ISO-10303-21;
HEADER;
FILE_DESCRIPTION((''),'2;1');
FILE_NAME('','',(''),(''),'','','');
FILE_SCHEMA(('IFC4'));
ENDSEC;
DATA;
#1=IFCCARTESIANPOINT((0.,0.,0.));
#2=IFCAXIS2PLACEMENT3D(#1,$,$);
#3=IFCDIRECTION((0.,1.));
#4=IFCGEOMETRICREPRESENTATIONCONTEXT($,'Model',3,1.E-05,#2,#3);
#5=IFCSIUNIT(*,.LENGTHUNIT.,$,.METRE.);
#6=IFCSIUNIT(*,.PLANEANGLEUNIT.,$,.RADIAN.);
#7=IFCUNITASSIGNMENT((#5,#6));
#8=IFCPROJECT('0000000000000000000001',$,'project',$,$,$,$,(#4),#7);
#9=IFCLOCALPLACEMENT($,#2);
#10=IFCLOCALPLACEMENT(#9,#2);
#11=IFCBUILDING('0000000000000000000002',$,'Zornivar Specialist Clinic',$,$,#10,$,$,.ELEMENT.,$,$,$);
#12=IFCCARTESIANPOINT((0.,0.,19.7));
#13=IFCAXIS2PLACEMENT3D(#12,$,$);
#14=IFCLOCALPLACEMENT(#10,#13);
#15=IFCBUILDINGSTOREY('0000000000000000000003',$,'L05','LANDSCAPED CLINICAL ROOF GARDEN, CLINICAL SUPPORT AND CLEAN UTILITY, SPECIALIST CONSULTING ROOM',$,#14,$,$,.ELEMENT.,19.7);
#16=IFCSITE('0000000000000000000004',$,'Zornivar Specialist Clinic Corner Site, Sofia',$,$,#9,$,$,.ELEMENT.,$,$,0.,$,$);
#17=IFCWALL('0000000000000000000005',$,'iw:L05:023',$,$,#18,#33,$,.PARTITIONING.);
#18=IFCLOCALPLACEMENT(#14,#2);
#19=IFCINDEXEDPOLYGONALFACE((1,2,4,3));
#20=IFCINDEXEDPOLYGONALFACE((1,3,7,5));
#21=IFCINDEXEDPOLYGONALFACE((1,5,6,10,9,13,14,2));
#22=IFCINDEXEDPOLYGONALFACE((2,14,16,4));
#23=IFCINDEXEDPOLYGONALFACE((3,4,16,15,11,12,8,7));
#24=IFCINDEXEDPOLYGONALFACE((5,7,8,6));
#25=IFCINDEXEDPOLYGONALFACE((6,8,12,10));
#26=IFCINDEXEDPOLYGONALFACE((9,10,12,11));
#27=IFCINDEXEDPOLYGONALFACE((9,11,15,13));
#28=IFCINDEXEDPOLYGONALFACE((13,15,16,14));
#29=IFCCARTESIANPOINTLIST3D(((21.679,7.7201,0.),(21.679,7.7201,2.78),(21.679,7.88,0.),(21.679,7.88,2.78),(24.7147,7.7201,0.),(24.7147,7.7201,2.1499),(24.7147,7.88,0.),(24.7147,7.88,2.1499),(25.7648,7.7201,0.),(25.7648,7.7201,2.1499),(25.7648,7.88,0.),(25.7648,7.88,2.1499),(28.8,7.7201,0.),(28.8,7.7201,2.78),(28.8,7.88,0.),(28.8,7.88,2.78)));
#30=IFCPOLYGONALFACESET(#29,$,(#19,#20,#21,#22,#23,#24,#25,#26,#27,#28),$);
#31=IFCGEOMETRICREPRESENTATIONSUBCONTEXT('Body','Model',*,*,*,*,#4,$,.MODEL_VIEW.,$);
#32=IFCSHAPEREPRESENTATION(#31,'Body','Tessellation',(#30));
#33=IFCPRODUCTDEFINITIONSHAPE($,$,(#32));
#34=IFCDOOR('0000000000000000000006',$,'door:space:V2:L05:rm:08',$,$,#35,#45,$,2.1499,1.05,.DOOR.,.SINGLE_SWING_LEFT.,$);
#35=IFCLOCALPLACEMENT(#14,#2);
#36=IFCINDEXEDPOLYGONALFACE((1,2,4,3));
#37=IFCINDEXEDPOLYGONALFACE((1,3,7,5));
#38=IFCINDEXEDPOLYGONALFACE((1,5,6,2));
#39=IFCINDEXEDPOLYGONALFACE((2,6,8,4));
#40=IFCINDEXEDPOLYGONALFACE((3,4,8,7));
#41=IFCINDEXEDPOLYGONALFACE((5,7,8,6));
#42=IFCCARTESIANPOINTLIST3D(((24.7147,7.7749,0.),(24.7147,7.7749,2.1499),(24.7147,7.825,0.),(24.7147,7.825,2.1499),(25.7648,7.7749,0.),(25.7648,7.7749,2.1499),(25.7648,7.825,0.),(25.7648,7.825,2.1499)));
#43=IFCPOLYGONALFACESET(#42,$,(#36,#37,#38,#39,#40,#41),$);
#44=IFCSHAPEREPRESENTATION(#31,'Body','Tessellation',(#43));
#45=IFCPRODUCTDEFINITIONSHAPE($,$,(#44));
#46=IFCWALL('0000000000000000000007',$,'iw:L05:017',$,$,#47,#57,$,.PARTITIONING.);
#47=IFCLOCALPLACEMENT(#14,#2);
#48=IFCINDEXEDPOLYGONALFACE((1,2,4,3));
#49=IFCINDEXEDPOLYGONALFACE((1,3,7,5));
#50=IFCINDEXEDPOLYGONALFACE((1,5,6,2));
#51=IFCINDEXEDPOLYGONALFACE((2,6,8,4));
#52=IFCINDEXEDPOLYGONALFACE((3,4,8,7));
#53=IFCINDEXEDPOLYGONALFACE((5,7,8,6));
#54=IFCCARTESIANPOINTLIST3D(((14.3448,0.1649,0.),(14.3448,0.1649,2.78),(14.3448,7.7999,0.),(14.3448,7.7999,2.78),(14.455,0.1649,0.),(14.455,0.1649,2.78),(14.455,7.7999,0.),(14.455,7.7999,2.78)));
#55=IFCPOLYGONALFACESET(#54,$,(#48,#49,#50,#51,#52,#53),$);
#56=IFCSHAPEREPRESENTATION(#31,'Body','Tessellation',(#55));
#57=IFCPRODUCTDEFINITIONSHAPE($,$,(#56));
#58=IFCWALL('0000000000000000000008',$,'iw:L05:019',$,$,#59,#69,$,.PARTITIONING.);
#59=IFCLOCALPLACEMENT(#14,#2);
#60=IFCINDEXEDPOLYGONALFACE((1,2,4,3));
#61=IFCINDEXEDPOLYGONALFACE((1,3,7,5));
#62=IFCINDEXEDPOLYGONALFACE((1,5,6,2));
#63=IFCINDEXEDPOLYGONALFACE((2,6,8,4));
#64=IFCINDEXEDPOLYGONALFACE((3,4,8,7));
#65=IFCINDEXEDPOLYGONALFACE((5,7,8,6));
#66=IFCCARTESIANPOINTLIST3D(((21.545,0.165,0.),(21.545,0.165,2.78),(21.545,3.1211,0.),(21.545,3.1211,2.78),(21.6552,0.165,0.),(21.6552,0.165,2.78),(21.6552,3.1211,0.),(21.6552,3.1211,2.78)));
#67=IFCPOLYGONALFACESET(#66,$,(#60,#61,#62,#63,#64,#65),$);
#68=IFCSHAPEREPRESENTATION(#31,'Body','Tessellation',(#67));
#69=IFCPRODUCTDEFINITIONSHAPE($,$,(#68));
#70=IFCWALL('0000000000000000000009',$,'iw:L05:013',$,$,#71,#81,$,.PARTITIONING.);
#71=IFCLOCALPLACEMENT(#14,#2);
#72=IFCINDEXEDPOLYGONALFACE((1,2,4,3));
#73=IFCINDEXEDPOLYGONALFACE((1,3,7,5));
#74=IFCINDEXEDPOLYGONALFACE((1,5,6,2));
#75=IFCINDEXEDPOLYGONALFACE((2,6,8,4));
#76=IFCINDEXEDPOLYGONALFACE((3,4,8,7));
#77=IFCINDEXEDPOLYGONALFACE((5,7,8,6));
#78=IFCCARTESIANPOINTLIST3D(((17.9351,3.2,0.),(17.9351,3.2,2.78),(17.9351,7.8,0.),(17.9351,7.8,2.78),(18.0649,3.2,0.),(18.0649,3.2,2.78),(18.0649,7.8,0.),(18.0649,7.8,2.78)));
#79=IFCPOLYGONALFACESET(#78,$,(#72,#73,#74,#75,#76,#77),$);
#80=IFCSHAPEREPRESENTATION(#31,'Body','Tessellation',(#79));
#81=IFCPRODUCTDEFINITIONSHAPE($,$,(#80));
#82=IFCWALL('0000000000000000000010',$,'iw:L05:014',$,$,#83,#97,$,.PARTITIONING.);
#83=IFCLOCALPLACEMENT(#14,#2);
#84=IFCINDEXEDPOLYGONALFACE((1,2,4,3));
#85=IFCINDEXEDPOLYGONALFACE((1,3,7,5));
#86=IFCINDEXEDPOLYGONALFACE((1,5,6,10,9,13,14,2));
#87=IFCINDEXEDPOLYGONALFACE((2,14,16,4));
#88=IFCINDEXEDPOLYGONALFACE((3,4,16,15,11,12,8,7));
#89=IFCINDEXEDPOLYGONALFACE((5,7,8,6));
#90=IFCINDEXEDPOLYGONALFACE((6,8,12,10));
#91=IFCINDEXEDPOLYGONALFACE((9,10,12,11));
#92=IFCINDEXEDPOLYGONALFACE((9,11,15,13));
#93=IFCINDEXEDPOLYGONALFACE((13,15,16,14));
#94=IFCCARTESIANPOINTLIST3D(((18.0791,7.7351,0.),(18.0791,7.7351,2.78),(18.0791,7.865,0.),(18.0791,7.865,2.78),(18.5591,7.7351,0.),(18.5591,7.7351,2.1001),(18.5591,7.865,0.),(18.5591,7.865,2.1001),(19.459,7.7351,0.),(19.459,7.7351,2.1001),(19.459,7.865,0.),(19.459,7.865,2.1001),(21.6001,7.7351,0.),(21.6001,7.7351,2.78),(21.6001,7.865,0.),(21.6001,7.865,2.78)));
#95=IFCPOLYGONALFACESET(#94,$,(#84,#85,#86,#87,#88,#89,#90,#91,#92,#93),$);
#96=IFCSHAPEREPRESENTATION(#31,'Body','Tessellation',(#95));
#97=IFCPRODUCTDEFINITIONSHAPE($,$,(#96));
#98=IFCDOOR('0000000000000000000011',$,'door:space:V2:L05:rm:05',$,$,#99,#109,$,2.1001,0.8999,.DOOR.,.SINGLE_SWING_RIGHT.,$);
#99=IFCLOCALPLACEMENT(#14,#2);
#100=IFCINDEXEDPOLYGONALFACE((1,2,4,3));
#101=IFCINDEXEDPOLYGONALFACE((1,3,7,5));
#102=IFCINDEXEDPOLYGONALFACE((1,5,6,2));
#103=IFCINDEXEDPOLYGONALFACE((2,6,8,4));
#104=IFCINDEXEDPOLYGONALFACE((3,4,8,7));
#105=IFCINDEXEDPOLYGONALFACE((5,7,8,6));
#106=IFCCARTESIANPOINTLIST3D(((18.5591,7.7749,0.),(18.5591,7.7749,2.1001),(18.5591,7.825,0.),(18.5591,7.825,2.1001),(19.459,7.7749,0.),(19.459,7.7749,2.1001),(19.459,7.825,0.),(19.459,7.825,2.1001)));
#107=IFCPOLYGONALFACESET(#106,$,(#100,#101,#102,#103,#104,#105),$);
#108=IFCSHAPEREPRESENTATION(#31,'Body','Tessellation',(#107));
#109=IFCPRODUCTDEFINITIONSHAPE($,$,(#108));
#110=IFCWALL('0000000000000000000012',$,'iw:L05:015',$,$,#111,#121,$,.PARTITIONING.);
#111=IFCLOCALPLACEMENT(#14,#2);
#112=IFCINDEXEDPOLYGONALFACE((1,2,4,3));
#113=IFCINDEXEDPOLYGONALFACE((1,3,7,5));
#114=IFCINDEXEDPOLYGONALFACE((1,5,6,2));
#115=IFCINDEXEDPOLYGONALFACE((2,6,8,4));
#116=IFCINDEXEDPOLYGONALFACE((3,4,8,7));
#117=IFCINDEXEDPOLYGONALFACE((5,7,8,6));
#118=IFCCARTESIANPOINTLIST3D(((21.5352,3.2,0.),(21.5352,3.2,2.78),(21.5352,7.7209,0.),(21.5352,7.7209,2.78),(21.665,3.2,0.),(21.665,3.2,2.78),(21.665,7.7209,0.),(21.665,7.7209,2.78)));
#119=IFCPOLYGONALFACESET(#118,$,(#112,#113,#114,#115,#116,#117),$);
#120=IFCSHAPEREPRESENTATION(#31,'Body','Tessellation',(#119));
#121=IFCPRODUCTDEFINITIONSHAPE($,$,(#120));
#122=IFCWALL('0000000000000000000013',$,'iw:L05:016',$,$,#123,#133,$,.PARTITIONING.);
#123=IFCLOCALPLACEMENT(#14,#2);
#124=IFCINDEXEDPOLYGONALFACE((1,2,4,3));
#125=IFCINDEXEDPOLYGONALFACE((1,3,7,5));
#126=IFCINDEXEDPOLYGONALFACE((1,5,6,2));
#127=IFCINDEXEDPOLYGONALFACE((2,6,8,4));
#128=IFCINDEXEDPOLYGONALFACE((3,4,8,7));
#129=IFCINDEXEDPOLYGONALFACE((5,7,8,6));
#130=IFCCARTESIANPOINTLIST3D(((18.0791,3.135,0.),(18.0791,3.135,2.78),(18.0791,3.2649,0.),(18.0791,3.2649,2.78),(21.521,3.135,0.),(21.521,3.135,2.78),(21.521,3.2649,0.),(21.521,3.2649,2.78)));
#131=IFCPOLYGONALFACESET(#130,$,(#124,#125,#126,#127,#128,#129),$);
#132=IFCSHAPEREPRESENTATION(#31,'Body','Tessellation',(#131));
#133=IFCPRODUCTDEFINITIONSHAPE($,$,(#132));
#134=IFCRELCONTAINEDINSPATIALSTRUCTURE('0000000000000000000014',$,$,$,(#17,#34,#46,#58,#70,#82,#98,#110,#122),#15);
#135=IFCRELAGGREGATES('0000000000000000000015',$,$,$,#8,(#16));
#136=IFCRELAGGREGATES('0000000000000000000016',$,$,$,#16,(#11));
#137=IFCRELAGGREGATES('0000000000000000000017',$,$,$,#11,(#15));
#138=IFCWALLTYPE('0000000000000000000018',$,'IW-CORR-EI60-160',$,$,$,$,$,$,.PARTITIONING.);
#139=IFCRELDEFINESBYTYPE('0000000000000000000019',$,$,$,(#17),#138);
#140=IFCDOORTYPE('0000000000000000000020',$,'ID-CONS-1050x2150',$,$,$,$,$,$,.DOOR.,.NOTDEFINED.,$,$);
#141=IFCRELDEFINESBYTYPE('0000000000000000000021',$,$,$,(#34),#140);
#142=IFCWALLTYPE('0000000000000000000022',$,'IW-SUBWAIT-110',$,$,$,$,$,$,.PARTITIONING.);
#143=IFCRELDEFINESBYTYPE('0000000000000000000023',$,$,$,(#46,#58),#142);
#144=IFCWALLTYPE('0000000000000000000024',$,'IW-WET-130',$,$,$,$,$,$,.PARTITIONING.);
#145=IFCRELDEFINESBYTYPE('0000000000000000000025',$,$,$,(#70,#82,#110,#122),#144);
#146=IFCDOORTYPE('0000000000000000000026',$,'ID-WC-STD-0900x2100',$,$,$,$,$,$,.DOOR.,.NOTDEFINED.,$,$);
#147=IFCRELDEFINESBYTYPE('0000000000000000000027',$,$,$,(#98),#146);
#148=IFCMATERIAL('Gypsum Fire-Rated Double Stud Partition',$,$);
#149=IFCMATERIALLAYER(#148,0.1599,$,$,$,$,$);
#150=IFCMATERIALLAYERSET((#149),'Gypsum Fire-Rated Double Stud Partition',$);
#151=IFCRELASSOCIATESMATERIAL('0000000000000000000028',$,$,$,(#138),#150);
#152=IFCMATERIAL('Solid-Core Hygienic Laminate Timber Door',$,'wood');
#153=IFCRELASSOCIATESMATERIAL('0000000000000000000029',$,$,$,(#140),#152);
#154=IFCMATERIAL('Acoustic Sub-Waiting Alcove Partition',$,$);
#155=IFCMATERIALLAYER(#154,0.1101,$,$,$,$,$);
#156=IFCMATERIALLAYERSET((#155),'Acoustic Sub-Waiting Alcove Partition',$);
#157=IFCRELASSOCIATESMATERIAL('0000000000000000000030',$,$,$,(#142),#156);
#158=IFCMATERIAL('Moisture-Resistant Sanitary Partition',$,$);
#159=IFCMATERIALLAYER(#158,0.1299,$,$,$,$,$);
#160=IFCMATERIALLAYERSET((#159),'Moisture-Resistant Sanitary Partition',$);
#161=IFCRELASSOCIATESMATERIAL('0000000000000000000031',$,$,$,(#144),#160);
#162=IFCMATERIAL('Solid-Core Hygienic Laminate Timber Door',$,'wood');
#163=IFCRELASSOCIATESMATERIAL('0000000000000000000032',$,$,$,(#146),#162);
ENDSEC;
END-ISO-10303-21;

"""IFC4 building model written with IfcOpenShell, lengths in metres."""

from ifc_helpers import new_model, si_unit, direction, frame, frame_2d, origin, place, context, subcontext, project, spatial, rectangle, extrude, material, layer, layer_set, type_object, element, fill, save


model = new_model("IFC4")

# Units and contexts
model_context = context("Model", 3, precision=1e-05, world=origin(), true_north=direction((0.0, 1.0)))
body_context = subcontext(model_context, "Body", "Model", "MODEL_VIEW")
ifc_project = project(units=[si_unit("LENGTHUNIT", "METRE"), si_unit("PLANEANGLEUNIT", "RADIAN")], contexts=[model_context])

# Site, building, storey
site_placement = place(None, origin())
site = spatial("IfcSite", under=ifc_project, at=site_placement, Name="Zornivar Specialist Clinic Corner Site, Sofia", CompositionType="ELEMENT", RefElevation=0.0)
building_placement = place(site_placement, origin())
building = spatial("IfcBuilding", under=site, at=building_placement, Name="Zornivar Specialist Clinic", CompositionType="ELEMENT")
storey_placement = place(building_placement, frame((0.0, 0.0, 19.7)))
storey = spatial("IfcBuildingStorey", under=building, at=storey_placement, Name="L05", Description="LANDSCAPED CLINICAL ROOF GARDEN, CLINICAL SUPPORT AND CLEAN UTILITY, SPECIALIST CONSULTING ROOM", CompositionType="ELEMENT", Elevation=19.7)

# Wall, opening, door
ifc_material_1 = material(Name="Gypsum Fire-Rated Double Stud Partition")
ifc_layer_1 = layer(ifc_material_1, 0.1599)
ifc_layer_set_1 = layer_set([ifc_layer_1], Name="Gypsum Fire-Rated Double Stud Partition")
wall_type_1 = type_object("IfcWallType", Name="IW-CORR-EI60-160", PredefinedType="PARTITIONING", material=ifc_layer_set_1)
wall_1_placement = place(storey_placement, frame((21.679, 7.8, 0.0), z_axis=(0.0, 0.0, 1.0), x_axis=(1.0, 0.0, 0.0)))
wall_1 = element("IfcWall", 1, at=wall_1_placement, inside=storey, type_object=wall_type_1, Name="iw:L05:023", PredefinedType="PARTITIONING", context=body_context, shape_type="SweptSolid", body=[
    extrude(rectangle(XDim=7.1211, YDim=0.1599, at=frame_2d((3.5605, 0.0))), origin(), (0.0, 0.0, 1.0), 2.78),
])
opening_1_placement = place(wall_1_placement, frame((3.0359, 0.0, 0.0)))
opening_1 = element("IfcOpeningElement", 2, at=opening_1_placement, cuts=wall_1, PredefinedType="OPENING", context=body_context, shape_type="SweptSolid", body=[
    extrude(rectangle(XDim=1.05, YDim=2.1499, at=frame_2d((0.5249, 1.075))), frame((0.0, 0.0898, 0.0), z_axis=(0.0, -1.0, 0.0), x_axis=(1.0, 0.0, 0.0)), (0.0, 0.0, 1.0), 0.1799),
])
ifc_material_2 = material(Name="Solid-Core Hygienic Laminate Timber Door", Category="wood")
door_type_1 = type_object("IfcDoorType", Name="ID-CONS-1050x2150", OperationType="NOTDEFINED", PredefinedType="DOOR", material=ifc_material_2)
door_1_placement = place(opening_1_placement, origin())
door_1 = element("IfcDoor", 3, at=door_1_placement, inside=storey, type_object=door_type_1, Name="door:space:V2:L05:rm:08", OperationType="SINGLE_SWING_LEFT", OverallHeight=2.1499, OverallWidth=1.05, PredefinedType="DOOR", context=body_context, shape_type="SweptSolid", body=[
    extrude(rectangle(XDim=1.05, YDim=2.1499, at=frame_2d((0.5249, 1.075))), frame((0.0, 0.0249, 0.0), z_axis=(0.0, -1.0, 0.0), x_axis=(1.0, 0.0, 0.0)), (0.0, 0.0, 1.0), 0.05),
])
fill(opening_1, door_1)

# Walls
ifc_material_3 = material(Name="Acoustic Sub-Waiting Alcove Partition")
ifc_layer_2 = layer(ifc_material_3, 0.1101)
ifc_layer_set_2 = layer_set([ifc_layer_2], Name="Acoustic Sub-Waiting Alcove Partition")
wall_type_2 = type_object("IfcWallType", Name="IW-SUBWAIT-110", PredefinedType="PARTITIONING", material=ifc_layer_set_2)
wall_2_placement = place(storey_placement, frame((14.3999, 0.165, 0.0), z_axis=(0.0, 0.0, 1.0), x_axis=(0.0, 1.0, 0.0)))
element("IfcWall", 4, at=wall_2_placement, inside=storey, type_object=wall_type_2, Name="iw:L05:017", PredefinedType="PARTITIONING", context=body_context, shape_type="SweptSolid", body=[
    extrude(rectangle(XDim=7.635, YDim=0.1101, at=frame_2d((3.8174, 0.0))), origin(), (0.0, 0.0, 1.0), 2.78),
])
wall_3_placement = place(storey_placement, frame((21.6001, 3.1211, 0.0), z_axis=(0.0, 0.0, 1.0), x_axis=(0.0, -1.0, 0.0)))
element("IfcWall", 5, at=wall_3_placement, inside=storey, type_object=wall_type_2, Name="iw:L05:019", PredefinedType="PARTITIONING", context=body_context, shape_type="SweptSolid", body=[
    extrude(rectangle(XDim=2.9561, YDim=0.1101, at=frame_2d((1.478, 0.0))), origin(), (0.0, 0.0, 1.0), 2.78),
])
ifc_material_4 = material(Name="Moisture-Resistant Sanitary Partition")
ifc_layer_3 = layer(ifc_material_4, 0.1299)
ifc_layer_set_3 = layer_set([ifc_layer_3], Name="Moisture-Resistant Sanitary Partition")
wall_type_3 = type_object("IfcWallType", Name="IW-WET-130", PredefinedType="PARTITIONING", material=ifc_layer_set_3)
wall_4_placement = place(storey_placement, frame((18.0, 3.2, 0.0), z_axis=(0.0, 0.0, 1.0), x_axis=(0.0, 1.0, 0.0)))
element("IfcWall", 6, at=wall_4_placement, inside=storey, type_object=wall_type_3, Name="iw:L05:013", PredefinedType="PARTITIONING", context=body_context, shape_type="SweptSolid", body=[
    extrude(rectangle(XDim=4.6001, YDim=0.1299, at=frame_2d((2.3, 0.0))), origin(), (0.0, 0.0, 1.0), 2.78),
])

# Wall, opening, door
wall_5_placement = place(storey_placement, frame((18.0791, 7.8, 0.0), z_axis=(0.0, 0.0, 1.0), x_axis=(1.0, 0.0, 0.0)))
wall_5 = element("IfcWall", 7, at=wall_5_placement, inside=storey, type_object=wall_type_3, Name="iw:L05:014", PredefinedType="PARTITIONING", context=body_context, shape_type="SweptSolid", body=[
    extrude(rectangle(XDim=3.521, YDim=0.1299, at=frame_2d((1.7605, 0.0))), origin(), (0.0, 0.0, 1.0), 2.78),
])
opening_2_placement = place(wall_5_placement, frame((0.48, 0.0, 0.0)))
opening_2 = element("IfcOpeningElement", 8, at=opening_2_placement, cuts=wall_5, PredefinedType="OPENING", context=body_context, shape_type="SweptSolid", body=[
    extrude(rectangle(XDim=0.8999, YDim=2.1001, at=frame_2d((0.45, 1.05))), frame((0.0, 0.075, 0.0), z_axis=(0.0, -1.0, 0.0), x_axis=(1.0, 0.0, 0.0)), (0.0, 0.0, 1.0), 0.1499),
])
ifc_material_5 = material(Name="Solid-Core Hygienic Laminate Timber Door", Category="wood")
door_type_2 = type_object("IfcDoorType", Name="ID-WC-STD-0900x2100", OperationType="NOTDEFINED", PredefinedType="DOOR", material=ifc_material_5)
door_2_placement = place(opening_2_placement, origin())
door_2 = element("IfcDoor", 9, at=door_2_placement, inside=storey, type_object=door_type_2, Name="door:space:V2:L05:rm:05", OperationType="SINGLE_SWING_RIGHT", OverallHeight=2.1001, OverallWidth=0.8999, PredefinedType="DOOR", context=body_context, shape_type="SweptSolid", body=[
    extrude(rectangle(XDim=0.8999, YDim=2.1001, at=frame_2d((0.45, 1.05))), frame((0.0, 0.0249, 0.0), z_axis=(0.0, -1.0, 0.0), x_axis=(1.0, 0.0, 0.0)), (0.0, 0.0, 1.0), 0.05),
])
fill(opening_2, door_2)

# Walls
wall_6_placement = place(storey_placement, frame((21.6001, 7.7209, 0.0), z_axis=(0.0, 0.0, 1.0), x_axis=(0.0, -1.0, 0.0)))
element("IfcWall", 10, at=wall_6_placement, inside=storey, type_object=wall_type_3, Name="iw:L05:015", PredefinedType="PARTITIONING", context=body_context, shape_type="SweptSolid", body=[
    extrude(rectangle(XDim=4.521, YDim=0.1299, at=frame_2d((2.2605, 0.0))), origin(), (0.0, 0.0, 1.0), 2.78),
])
wall_7_placement = place(storey_placement, frame((21.521, 3.2, 0.0), z_axis=(0.0, 0.0, 1.0), x_axis=(-1.0, 0.0, 0.0)))
element("IfcWall", 11, at=wall_7_placement, inside=storey, type_object=wall_type_3, Name="iw:L05:016", PredefinedType="PARTITIONING", context=body_context, shape_type="SweptSolid", body=[
    extrude(rectangle(XDim=3.4419, YDim=0.1299, at=frame_2d((1.7209, 0.0))), origin(), (0.0, 0.0, 1.0), 2.78),
])

save(model, "model.ifc")
